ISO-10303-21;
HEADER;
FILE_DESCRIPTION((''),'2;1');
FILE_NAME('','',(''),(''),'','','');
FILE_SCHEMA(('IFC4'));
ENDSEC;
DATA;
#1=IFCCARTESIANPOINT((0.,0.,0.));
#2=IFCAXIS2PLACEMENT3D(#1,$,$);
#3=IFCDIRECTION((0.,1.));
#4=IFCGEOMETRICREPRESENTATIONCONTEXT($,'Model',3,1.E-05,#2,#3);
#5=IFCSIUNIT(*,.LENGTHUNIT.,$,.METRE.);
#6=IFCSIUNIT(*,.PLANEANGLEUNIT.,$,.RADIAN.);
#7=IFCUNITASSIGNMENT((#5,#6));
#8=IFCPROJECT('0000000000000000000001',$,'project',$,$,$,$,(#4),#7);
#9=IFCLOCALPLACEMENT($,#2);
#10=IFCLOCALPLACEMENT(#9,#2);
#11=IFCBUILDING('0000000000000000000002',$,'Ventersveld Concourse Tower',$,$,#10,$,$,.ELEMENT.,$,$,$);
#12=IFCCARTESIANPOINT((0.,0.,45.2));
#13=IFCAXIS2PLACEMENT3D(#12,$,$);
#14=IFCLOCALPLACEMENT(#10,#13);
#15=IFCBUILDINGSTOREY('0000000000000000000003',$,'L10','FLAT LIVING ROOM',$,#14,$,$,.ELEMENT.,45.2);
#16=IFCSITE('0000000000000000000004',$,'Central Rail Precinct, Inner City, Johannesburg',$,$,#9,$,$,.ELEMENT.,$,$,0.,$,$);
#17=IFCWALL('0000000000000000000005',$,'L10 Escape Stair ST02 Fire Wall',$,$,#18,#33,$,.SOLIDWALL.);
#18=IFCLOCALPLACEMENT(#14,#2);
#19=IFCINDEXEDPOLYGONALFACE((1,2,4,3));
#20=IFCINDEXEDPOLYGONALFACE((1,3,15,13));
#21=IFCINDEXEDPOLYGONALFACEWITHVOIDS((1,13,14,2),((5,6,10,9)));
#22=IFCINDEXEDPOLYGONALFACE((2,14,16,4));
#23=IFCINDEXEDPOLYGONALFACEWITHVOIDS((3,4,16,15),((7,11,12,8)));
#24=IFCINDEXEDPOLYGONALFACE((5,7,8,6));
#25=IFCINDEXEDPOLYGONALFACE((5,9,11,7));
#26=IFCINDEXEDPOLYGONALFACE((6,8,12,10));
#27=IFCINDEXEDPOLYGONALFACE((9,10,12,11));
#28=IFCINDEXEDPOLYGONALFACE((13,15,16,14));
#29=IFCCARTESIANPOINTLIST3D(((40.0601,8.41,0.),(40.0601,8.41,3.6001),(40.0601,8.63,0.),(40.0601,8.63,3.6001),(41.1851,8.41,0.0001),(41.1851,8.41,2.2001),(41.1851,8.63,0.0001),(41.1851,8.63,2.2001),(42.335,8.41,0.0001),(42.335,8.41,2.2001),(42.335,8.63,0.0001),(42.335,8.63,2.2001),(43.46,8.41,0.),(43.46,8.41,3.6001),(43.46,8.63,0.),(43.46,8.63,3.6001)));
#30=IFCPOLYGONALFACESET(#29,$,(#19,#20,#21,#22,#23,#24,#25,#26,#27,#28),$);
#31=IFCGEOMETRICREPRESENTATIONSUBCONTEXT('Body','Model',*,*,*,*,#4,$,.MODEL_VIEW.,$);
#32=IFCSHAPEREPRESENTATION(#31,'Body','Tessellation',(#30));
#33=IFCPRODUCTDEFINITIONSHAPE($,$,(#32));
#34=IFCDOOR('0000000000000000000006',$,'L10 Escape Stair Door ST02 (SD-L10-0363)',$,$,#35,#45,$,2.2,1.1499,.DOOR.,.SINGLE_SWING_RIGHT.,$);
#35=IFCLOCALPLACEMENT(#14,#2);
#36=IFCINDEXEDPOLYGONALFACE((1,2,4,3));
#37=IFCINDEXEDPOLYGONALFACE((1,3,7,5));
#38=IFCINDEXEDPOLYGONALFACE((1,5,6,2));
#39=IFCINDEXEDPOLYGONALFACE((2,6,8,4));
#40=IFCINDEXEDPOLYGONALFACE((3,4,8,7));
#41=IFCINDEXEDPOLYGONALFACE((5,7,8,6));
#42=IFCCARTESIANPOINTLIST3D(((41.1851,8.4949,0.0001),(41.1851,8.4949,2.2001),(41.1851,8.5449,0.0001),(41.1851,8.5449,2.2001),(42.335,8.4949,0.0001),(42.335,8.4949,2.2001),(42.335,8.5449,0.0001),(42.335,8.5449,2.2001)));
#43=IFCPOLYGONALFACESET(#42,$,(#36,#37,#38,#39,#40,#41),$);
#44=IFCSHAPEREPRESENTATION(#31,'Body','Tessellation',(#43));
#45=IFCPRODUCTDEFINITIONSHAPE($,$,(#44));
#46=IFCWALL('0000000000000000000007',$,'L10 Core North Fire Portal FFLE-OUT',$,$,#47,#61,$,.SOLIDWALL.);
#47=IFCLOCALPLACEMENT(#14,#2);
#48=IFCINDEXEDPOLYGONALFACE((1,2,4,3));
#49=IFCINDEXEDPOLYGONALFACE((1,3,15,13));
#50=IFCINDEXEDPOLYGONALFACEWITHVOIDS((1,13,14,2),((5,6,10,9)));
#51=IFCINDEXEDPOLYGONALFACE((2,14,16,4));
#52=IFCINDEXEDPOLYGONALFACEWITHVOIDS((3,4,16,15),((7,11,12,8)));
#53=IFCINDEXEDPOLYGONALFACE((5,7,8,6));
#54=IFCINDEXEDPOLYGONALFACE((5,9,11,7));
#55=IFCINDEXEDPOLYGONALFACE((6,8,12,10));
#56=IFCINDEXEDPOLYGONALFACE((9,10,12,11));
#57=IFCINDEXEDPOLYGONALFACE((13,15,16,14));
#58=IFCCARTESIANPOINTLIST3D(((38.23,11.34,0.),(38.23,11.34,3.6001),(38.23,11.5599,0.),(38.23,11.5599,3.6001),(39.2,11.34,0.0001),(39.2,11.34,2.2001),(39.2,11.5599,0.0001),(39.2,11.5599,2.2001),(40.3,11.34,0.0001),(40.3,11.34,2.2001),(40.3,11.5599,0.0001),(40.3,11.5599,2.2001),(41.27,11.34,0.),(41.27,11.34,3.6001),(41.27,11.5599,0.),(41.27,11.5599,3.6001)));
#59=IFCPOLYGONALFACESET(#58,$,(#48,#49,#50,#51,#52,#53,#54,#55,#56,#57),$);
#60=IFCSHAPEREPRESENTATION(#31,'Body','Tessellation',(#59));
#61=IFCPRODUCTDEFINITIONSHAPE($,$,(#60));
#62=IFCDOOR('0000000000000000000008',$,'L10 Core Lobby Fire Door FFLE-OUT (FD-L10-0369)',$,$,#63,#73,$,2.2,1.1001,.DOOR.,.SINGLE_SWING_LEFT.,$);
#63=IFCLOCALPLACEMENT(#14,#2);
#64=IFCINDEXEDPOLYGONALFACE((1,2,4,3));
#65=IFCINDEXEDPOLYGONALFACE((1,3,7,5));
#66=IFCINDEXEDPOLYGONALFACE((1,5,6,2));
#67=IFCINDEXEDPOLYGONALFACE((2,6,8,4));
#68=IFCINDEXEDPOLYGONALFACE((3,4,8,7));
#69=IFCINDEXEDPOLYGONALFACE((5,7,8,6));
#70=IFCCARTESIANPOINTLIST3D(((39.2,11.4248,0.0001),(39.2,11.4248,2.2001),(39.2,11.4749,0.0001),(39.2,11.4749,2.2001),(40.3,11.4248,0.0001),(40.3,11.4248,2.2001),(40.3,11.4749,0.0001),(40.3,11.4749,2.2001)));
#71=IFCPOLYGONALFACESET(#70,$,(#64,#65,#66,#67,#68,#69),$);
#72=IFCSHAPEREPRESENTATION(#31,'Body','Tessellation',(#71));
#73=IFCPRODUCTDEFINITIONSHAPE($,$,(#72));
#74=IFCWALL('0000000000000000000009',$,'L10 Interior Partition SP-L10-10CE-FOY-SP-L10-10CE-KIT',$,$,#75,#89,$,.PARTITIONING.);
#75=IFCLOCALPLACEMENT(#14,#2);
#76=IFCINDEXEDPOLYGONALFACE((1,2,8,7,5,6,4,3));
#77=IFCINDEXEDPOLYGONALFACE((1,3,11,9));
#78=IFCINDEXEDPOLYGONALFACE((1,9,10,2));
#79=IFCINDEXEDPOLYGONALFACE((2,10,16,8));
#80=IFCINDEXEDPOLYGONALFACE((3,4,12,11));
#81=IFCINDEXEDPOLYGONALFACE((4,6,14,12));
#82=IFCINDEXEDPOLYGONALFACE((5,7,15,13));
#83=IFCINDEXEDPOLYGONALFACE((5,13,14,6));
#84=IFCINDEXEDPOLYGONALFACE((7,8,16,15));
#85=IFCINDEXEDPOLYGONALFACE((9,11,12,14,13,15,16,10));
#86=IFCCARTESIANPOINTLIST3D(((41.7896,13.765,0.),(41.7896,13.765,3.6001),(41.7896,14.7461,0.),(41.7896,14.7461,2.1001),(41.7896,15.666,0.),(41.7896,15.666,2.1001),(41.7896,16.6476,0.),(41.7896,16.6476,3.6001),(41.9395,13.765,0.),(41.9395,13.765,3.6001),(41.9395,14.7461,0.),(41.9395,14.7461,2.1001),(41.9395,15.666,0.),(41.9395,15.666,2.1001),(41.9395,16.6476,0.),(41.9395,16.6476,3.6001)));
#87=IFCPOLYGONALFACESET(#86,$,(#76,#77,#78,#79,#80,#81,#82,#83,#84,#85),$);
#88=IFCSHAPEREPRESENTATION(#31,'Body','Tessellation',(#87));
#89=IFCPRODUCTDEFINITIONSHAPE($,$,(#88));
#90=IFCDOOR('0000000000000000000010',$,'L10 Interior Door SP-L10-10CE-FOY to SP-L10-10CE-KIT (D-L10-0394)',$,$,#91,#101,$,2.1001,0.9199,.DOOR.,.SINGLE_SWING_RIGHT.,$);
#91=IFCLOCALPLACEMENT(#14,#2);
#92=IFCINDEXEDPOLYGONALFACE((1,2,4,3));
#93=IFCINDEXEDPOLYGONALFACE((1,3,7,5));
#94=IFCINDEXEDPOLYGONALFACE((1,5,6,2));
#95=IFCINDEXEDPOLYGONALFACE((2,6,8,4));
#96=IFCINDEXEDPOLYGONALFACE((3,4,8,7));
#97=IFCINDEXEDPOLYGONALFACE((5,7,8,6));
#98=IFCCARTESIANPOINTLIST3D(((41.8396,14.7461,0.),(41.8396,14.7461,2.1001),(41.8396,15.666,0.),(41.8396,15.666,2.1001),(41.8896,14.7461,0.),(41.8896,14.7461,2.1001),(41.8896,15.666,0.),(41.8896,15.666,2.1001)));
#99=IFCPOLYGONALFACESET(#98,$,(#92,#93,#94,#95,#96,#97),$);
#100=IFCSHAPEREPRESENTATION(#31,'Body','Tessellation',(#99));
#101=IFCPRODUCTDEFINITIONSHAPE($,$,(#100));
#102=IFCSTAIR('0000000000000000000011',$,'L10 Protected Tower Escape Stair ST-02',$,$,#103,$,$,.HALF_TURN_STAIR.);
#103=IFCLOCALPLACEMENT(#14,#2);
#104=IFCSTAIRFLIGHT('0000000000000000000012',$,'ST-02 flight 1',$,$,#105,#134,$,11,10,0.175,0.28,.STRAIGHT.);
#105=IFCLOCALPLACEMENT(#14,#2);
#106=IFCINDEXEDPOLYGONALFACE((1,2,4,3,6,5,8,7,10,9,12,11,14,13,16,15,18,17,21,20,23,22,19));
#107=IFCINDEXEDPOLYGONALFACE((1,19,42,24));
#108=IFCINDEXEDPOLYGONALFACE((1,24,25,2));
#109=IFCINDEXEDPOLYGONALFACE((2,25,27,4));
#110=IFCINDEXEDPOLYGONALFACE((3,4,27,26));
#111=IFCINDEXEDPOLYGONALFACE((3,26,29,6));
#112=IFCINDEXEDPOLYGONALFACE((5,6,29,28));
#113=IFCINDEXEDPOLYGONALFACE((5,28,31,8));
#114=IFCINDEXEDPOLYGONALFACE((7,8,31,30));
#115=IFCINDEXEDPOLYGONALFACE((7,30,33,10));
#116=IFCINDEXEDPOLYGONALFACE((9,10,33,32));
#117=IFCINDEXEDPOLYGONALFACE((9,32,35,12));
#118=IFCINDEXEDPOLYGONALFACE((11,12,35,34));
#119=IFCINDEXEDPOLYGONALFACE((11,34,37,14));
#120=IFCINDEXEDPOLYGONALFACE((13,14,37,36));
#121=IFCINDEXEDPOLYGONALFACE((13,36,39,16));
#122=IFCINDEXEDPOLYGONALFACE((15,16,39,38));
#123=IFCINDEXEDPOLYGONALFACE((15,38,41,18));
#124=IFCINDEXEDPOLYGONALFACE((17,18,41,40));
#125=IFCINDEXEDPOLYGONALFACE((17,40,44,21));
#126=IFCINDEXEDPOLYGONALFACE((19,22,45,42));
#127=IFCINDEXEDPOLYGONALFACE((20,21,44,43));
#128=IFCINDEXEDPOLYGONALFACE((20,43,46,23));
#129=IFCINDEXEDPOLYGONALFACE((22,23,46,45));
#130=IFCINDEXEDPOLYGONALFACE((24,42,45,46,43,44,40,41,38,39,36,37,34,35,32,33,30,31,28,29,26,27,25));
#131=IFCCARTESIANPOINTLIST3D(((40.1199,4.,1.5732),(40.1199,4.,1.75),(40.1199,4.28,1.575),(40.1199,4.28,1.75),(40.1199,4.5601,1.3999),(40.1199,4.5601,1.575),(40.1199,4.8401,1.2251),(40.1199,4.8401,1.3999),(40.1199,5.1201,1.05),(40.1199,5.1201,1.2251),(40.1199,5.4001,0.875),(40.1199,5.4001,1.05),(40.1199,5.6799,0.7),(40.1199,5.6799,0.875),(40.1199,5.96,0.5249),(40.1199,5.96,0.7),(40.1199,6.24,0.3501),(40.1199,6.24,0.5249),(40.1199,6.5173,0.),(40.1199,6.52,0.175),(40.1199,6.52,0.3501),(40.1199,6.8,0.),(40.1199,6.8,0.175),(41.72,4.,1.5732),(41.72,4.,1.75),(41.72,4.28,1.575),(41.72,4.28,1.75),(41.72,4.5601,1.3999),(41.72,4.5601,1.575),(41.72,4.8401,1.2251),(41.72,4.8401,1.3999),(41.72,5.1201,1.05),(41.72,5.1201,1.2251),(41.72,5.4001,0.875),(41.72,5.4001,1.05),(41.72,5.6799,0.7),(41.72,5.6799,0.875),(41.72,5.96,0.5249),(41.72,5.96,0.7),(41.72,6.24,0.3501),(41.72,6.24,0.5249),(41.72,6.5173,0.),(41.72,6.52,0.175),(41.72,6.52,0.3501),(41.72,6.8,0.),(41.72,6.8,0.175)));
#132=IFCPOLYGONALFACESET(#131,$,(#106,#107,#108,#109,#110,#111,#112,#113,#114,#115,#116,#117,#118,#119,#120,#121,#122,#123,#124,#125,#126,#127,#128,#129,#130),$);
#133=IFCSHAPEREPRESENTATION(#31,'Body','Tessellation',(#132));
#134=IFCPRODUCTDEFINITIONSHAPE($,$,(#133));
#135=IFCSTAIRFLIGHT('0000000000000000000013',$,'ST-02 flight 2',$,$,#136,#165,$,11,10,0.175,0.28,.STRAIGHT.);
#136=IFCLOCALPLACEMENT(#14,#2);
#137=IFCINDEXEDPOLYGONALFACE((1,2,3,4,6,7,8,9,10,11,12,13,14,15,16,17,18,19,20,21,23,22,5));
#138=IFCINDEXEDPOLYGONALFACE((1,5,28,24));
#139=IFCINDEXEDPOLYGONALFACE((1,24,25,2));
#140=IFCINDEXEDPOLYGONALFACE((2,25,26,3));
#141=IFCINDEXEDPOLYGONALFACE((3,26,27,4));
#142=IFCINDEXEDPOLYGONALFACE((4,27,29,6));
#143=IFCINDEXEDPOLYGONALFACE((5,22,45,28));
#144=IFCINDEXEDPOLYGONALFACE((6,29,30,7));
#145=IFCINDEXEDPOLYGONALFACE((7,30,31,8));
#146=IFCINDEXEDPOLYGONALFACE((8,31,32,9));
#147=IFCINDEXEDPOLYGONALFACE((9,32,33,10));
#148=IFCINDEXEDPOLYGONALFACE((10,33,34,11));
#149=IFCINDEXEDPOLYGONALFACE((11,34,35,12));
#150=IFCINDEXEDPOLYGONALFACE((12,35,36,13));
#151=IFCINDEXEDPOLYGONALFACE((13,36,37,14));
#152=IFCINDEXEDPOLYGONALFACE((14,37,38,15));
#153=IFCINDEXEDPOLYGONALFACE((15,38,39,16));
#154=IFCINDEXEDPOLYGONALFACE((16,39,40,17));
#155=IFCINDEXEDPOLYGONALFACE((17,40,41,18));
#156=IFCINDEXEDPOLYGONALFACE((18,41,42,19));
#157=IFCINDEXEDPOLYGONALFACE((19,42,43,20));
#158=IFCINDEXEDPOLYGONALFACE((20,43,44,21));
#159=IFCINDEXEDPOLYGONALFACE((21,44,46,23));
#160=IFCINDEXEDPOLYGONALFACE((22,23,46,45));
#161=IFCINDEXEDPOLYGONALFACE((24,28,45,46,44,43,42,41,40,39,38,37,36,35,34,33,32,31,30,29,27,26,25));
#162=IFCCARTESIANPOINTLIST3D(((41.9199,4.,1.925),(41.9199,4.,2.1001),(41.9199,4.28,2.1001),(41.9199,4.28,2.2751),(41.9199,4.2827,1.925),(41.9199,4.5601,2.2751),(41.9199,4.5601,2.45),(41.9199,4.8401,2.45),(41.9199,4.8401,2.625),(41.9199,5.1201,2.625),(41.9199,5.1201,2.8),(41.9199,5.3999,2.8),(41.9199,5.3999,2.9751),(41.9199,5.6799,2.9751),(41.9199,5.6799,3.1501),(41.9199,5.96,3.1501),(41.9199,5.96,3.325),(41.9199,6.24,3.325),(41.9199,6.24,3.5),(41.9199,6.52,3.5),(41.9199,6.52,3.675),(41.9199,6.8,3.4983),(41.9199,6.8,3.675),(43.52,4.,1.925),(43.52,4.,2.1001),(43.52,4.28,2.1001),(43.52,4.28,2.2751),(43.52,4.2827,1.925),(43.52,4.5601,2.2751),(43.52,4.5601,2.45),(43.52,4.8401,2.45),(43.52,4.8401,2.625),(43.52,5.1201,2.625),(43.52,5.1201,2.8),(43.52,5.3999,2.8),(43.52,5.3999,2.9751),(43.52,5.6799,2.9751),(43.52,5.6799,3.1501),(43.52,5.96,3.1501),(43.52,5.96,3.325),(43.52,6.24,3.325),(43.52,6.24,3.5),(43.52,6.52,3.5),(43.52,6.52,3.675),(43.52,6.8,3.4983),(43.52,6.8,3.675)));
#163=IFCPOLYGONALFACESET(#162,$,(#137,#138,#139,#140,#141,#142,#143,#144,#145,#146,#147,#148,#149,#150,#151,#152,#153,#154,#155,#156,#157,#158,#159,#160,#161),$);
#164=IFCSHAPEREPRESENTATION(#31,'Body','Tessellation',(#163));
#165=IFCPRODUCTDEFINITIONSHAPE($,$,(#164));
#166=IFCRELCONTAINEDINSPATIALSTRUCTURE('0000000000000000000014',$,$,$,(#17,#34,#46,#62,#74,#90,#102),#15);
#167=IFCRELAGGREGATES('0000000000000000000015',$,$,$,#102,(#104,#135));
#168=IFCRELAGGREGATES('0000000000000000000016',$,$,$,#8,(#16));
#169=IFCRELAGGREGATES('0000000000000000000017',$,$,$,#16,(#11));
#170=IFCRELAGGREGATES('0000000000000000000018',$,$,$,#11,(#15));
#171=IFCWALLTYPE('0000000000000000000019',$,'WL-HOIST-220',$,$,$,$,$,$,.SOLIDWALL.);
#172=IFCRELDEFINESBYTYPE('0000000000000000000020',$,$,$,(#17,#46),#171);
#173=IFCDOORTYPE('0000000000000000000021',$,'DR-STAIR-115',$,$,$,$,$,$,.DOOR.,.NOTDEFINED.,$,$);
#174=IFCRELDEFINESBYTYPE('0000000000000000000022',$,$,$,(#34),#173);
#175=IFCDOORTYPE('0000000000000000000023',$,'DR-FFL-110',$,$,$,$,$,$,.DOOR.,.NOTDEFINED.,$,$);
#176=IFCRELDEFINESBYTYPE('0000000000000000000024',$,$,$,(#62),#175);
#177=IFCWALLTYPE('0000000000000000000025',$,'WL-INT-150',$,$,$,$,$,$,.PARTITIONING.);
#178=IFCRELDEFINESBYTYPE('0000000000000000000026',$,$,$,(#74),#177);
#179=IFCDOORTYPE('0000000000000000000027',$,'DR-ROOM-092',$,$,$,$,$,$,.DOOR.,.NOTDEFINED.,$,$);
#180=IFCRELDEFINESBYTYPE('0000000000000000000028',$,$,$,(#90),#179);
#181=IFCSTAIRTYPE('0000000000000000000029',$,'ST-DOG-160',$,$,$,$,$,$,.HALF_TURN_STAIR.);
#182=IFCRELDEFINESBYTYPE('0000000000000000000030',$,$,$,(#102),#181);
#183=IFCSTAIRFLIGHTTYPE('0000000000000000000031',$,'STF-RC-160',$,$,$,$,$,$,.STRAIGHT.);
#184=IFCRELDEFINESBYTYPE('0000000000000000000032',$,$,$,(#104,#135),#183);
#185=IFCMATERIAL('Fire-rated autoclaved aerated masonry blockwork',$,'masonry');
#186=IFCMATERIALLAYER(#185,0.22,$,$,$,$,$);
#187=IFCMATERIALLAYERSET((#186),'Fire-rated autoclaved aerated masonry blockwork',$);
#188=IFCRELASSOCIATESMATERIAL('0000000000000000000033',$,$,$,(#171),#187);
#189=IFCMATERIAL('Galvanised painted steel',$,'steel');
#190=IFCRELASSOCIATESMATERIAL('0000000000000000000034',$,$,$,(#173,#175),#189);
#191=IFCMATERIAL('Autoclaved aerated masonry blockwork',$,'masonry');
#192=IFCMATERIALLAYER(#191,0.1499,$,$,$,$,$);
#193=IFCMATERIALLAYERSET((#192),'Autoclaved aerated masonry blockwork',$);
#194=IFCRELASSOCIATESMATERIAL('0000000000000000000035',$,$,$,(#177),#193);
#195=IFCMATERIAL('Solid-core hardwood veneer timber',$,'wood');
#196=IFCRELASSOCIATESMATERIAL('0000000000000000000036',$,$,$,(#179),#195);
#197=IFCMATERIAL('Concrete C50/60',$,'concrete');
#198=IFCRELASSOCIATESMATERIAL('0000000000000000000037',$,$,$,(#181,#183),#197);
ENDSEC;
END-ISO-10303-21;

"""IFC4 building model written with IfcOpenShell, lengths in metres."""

from ifc_helpers import new_model, si_unit, direction, frame, frame_2d, origin, place, context, subcontext, project, spatial, polyline, rectangle, outline, extrude, material, layer, layer_set, type_object, element, fill, aggregate, save


model = new_model("IFC4")

# Units and contexts
model_context = context("Model", 3, precision=1e-05, world=origin(), true_north=direction((0.0, 1.0)))
body_context = subcontext(model_context, "Body", "Model", "MODEL_VIEW")
ifc_project = project(units=[si_unit("LENGTHUNIT", "METRE"), si_unit("PLANEANGLEUNIT", "RADIAN")], contexts=[model_context])

# Site, building, storey
site_placement = place(None, origin())
site = spatial("IfcSite", under=ifc_project, at=site_placement, Name="Central Rail Precinct, Inner City, Johannesburg", CompositionType="ELEMENT", RefElevation=0.0)
building_placement = place(site_placement, origin())
building = spatial("IfcBuilding", under=site, at=building_placement, Name="Ventersveld Concourse Tower", CompositionType="ELEMENT")
storey_placement = place(building_placement, frame((0.0, 0.0, 45.2)))
storey = spatial("IfcBuildingStorey", under=building, at=storey_placement, Name="L10", Description="FLAT LIVING ROOM", CompositionType="ELEMENT", Elevation=45.2)

# Shared definitions
ifc_material_1 = material(Name="Fire-rated autoclaved aerated masonry blockwork", Category="masonry")
ifc_layer_1 = layer(ifc_material_1, 0.22)
ifc_layer_set_1 = layer_set([ifc_layer_1], Name="Fire-rated autoclaved aerated masonry blockwork")
wall_type_1 = type_object("IfcWallType", Name="WL-HOIST-220", PredefinedType="SOLIDWALL", material=ifc_layer_set_1)

# Walls, openings, doors
wall_1_placement = place(storey_placement, frame((40.0601, 8.52, 0.0), z_axis=(0.0, 0.0, 1.0), x_axis=(1.0, 0.0, 0.0)))
wall_1 = element("IfcWall", 1, at=wall_1_placement, inside=storey, type_object=wall_type_1, Name="L10 Escape Stair ST02 Fire Wall", PredefinedType="SOLIDWALL", context=body_context, shape_type="SweptSolid", body=[
    extrude(rectangle(XDim=3.3999, YDim=0.22, at=frame_2d((1.7, 0.0))), origin(), (0.0, 0.0, 1.0), 3.6001),
])
opening_1_placement = place(wall_1_placement, frame((1.125, 0.0, 0.0)))
opening_1 = element("IfcOpeningElement", 2, at=opening_1_placement, cuts=wall_1, PredefinedType="OPENING", context=body_context, shape_type="SweptSolid", body=[
    extrude(rectangle(XDim=1.1499, YDim=2.2, at=frame_2d((0.575, 1.1001))), frame((0.0, 0.1201, 0.0), z_axis=(0.0, -1.0, 0.0), x_axis=(1.0, 0.0, 0.0)), (0.0, 0.0, 1.0), 0.24),
])
ifc_material_2 = material(Name="Galvanised painted steel", Category="steel")
door_type_1 = type_object("IfcDoorType", Name="DR-STAIR-115", OperationType="NOTDEFINED", PredefinedType="DOOR", material=ifc_material_2)
door_1_placement = place(opening_1_placement, origin())
door_1 = element("IfcDoor", 3, at=door_1_placement, inside=storey, type_object=door_type_1, Name="L10 Escape Stair Door ST02 (SD-L10-0363)", OperationType="SINGLE_SWING_RIGHT", OverallHeight=2.2, OverallWidth=1.1499, PredefinedType="DOOR", context=body_context, shape_type="SweptSolid", body=[
    extrude(rectangle(XDim=1.1499, YDim=2.2, at=frame_2d((0.575, 1.1001))), frame((0.0, 0.0249, 0.0), z_axis=(0.0, -1.0, 0.0), x_axis=(1.0, 0.0, 0.0)), (0.0, 0.0, 1.0), 0.05),
])
fill(opening_1, door_1)
wall_2_placement = place(storey_placement, frame((38.23, 11.45, 0.0), z_axis=(0.0, 0.0, 1.0), x_axis=(1.0, 0.0, 0.0)))
wall_2 = element("IfcWall", 4, at=wall_2_placement, inside=storey, type_object=wall_type_1, Name="L10 Core North Fire Portal FFLE-OUT", PredefinedType="SOLIDWALL", context=body_context, shape_type="SweptSolid", body=[
    extrude(rectangle(XDim=3.04, YDim=0.22, at=frame_2d((1.52, 0.0))), origin(), (0.0, 0.0, 1.0), 3.6001),
])
opening_2_placement = place(wall_2_placement, frame((0.97, 0.0, 0.0)))
opening_2 = element("IfcOpeningElement", 5, at=opening_2_placement, cuts=wall_2, PredefinedType="OPENING", context=body_context, shape_type="SweptSolid", body=[
    extrude(rectangle(XDim=1.1001, YDim=2.2, at=frame_2d((0.55, 1.1001))), frame((0.0, 0.1201, 0.0), z_axis=(0.0, -1.0, 0.0), x_axis=(1.0, 0.0, 0.0)), (0.0, 0.0, 1.0), 0.24),
])
door_type_2 = type_object("IfcDoorType", Name="DR-FFL-110", OperationType="NOTDEFINED", PredefinedType="DOOR", material=ifc_material_2)
door_2_placement = place(opening_2_placement, origin())
door_2 = element("IfcDoor", 6, at=door_2_placement, inside=storey, type_object=door_type_2, Name="L10 Core Lobby Fire Door FFLE-OUT (FD-L10-0369)", OperationType="SINGLE_SWING_LEFT", OverallHeight=2.2, OverallWidth=1.1001, PredefinedType="DOOR", context=body_context, shape_type="SweptSolid", body=[
    extrude(rectangle(XDim=1.1001, YDim=2.2, at=frame_2d((0.55, 1.1001))), frame((0.0, 0.0249, 0.0), z_axis=(0.0, -1.0, 0.0), x_axis=(1.0, 0.0, 0.0)), (0.0, 0.0, 1.0), 0.05),
])
fill(opening_2, door_2)
ifc_material_3 = material(Name="Autoclaved aerated masonry blockwork", Category="masonry")
ifc_layer_2 = layer(ifc_material_3, 0.1499)
ifc_layer_set_2 = layer_set([ifc_layer_2], Name="Autoclaved aerated masonry blockwork")
wall_type_2 = type_object("IfcWallType", Name="WL-INT-150", PredefinedType="PARTITIONING", material=ifc_layer_set_2)
wall_3_placement = place(storey_placement, frame((41.8645, 13.7649, 0.0), z_axis=(0.0, 0.0, 1.0), x_axis=(0.0, 1.0, 0.0)))
wall_3 = element("IfcWall", 7, at=wall_3_placement, inside=storey, type_object=wall_type_2, Name="L10 Interior Partition SP-L10-10CE-FOY-SP-L10-10CE-KIT", PredefinedType="PARTITIONING", context=body_context, shape_type="SweptSolid", body=[
    extrude(rectangle(XDim=2.8826, YDim=0.1499, at=frame_2d((1.4414, 0.0))), origin(), (0.0, 0.0, 1.0), 3.6001),
])
opening_3_placement = place(wall_3_placement, frame((0.9812, 0.0, 0.0)))
opening_3 = element("IfcOpeningElement", 8, at=opening_3_placement, cuts=wall_3, PredefinedType="OPENING", context=body_context, shape_type="SweptSolid", body=[
    extrude(rectangle(XDim=0.9199, YDim=2.1001, at=frame_2d((0.46, 1.05))), frame((0.0, 0.085, 0.0), z_axis=(0.0, -1.0, 0.0), x_axis=(1.0, 0.0, 0.0)), (0.0, 0.0, 1.0), 0.1699),
])
ifc_material_4 = material(Name="Solid-core hardwood veneer timber", Category="wood")
door_type_3 = type_object("IfcDoorType", Name="DR-ROOM-092", OperationType="NOTDEFINED", PredefinedType="DOOR", material=ifc_material_4)
door_3_placement = place(opening_3_placement, origin())
door_3 = element("IfcDoor", 9, at=door_3_placement, inside=storey, type_object=door_type_3, Name="L10 Interior Door SP-L10-10CE-FOY to SP-L10-10CE-KIT (D-L10-0394)", OperationType="SINGLE_SWING_RIGHT", OverallHeight=2.1001, OverallWidth=0.9199, PredefinedType="DOOR", context=body_context, shape_type="SweptSolid", body=[
    extrude(rectangle(XDim=0.9199, YDim=2.1001, at=frame_2d((0.46, 1.05))), frame((0.0, 0.0249, 0.0), z_axis=(0.0, -1.0, 0.0), x_axis=(1.0, 0.0, 0.0)), (0.0, 0.0, 1.0), 0.05),
])
fill(opening_3, door_3)

# Stair, stair flights
ifc_material_5 = material(Name="Concrete C50/60", Category="concrete")
stair_type = type_object("IfcStairType", Name="ST-DOG-160", PredefinedType="HALF_TURN_STAIR", material=ifc_material_5)
stair_placement = place(storey_placement, origin())
stair = element("IfcStair", 10, at=stair_placement, inside=storey, type_object=stair_type, Name="L10 Protected Tower Escape Stair ST-02", PredefinedType="HALF_TURN_STAIR")
stair_flight_type = type_object("IfcStairFlightType", Name="STF-RC-160", PredefinedType="STRAIGHT", material=ifc_material_5)
stair_flight_1_placement = place(storey_placement, frame((40.9199, 6.8, 0.0), z_axis=(0.0, 0.0, 1.0), x_axis=(0.0, -1.0, 0.0)))
stair_flight_1 = element("IfcStairFlight", 11, at=stair_flight_1_placement, type_object=stair_flight_type, Name="ST-02 flight 1", NumberOfRisers=11, NumberOfTreads=10, PredefinedType="STRAIGHT", RiserHeight=0.175, TreadLength=0.28, context=body_context, shape_type="SweptSolid", body=[
    extrude(outline(polyline([(0.0, 0.0), (0.0, 0.175), (0.28, 0.175), (0.28, 0.3501), (0.5601, 0.3501), (0.5601, 0.5249), (0.8401, 0.5249), (0.8401, 0.7), (1.1201, 0.7), (1.1201, 0.875), (1.3999, 0.875), (1.3999, 1.05), (1.6799, 1.05), (1.6799, 1.2251), (1.96, 1.2251), (1.96, 1.3999), (2.24, 1.3999), (2.24, 1.575), (2.52, 1.575), (2.52, 1.75), (2.8, 1.75), (2.8, 1.925), (2.8, 1.5732), (0.2827, 0.0), (0.0, 0.0)])), frame((0.0, 0.8, 0.0), z_axis=(0.0, -1.0, 0.0), x_axis=(1.0, 0.0, 0.0)), (0.0, 0.0, 1.0), 1.6001),
])
stair_flight_2_placement = place(storey_placement, frame((42.72, 4.0, 1.925), z_axis=(0.0, 0.0, 1.0), x_axis=(0.0, 1.0, 0.0)))
stair_flight_2 = element("IfcStairFlight", 12, at=stair_flight_2_placement, type_object=stair_flight_type, Name="ST-02 flight 2", NumberOfRisers=11, NumberOfTreads=10, PredefinedType="STRAIGHT", RiserHeight=0.175, TreadLength=0.28, context=body_context, shape_type="SweptSolid", body=[
    extrude(outline(polyline([(0.0, 0.0), (0.0, 0.175), (0.28, 0.175), (0.28, 0.3501), (0.5601, 0.3501), (0.5601, 0.5249), (0.8401, 0.5249), (0.8401, 0.7), (1.1201, 0.7), (1.1201, 0.875), (1.3999, 0.875), (1.3999, 1.05), (1.6799, 1.05), (1.6799, 1.2251), (1.96, 1.2251), (1.96, 1.3999), (2.24, 1.3999), (2.24, 1.575), (2.52, 1.575), (2.52, 1.75), (2.8, 1.75), (2.8, 1.925), (2.8, 1.5732), (0.2827, 0.0), (0.0, 0.0)])), frame((0.0, 0.8, 0.0), z_axis=(0.0, -1.0, 0.0), x_axis=(1.0, 0.0, 0.0)), (0.0, 0.0, 1.0), 1.6001),
])
aggregate(stair, [stair_flight_1, stair_flight_2])

save(model, "model.ifc")
